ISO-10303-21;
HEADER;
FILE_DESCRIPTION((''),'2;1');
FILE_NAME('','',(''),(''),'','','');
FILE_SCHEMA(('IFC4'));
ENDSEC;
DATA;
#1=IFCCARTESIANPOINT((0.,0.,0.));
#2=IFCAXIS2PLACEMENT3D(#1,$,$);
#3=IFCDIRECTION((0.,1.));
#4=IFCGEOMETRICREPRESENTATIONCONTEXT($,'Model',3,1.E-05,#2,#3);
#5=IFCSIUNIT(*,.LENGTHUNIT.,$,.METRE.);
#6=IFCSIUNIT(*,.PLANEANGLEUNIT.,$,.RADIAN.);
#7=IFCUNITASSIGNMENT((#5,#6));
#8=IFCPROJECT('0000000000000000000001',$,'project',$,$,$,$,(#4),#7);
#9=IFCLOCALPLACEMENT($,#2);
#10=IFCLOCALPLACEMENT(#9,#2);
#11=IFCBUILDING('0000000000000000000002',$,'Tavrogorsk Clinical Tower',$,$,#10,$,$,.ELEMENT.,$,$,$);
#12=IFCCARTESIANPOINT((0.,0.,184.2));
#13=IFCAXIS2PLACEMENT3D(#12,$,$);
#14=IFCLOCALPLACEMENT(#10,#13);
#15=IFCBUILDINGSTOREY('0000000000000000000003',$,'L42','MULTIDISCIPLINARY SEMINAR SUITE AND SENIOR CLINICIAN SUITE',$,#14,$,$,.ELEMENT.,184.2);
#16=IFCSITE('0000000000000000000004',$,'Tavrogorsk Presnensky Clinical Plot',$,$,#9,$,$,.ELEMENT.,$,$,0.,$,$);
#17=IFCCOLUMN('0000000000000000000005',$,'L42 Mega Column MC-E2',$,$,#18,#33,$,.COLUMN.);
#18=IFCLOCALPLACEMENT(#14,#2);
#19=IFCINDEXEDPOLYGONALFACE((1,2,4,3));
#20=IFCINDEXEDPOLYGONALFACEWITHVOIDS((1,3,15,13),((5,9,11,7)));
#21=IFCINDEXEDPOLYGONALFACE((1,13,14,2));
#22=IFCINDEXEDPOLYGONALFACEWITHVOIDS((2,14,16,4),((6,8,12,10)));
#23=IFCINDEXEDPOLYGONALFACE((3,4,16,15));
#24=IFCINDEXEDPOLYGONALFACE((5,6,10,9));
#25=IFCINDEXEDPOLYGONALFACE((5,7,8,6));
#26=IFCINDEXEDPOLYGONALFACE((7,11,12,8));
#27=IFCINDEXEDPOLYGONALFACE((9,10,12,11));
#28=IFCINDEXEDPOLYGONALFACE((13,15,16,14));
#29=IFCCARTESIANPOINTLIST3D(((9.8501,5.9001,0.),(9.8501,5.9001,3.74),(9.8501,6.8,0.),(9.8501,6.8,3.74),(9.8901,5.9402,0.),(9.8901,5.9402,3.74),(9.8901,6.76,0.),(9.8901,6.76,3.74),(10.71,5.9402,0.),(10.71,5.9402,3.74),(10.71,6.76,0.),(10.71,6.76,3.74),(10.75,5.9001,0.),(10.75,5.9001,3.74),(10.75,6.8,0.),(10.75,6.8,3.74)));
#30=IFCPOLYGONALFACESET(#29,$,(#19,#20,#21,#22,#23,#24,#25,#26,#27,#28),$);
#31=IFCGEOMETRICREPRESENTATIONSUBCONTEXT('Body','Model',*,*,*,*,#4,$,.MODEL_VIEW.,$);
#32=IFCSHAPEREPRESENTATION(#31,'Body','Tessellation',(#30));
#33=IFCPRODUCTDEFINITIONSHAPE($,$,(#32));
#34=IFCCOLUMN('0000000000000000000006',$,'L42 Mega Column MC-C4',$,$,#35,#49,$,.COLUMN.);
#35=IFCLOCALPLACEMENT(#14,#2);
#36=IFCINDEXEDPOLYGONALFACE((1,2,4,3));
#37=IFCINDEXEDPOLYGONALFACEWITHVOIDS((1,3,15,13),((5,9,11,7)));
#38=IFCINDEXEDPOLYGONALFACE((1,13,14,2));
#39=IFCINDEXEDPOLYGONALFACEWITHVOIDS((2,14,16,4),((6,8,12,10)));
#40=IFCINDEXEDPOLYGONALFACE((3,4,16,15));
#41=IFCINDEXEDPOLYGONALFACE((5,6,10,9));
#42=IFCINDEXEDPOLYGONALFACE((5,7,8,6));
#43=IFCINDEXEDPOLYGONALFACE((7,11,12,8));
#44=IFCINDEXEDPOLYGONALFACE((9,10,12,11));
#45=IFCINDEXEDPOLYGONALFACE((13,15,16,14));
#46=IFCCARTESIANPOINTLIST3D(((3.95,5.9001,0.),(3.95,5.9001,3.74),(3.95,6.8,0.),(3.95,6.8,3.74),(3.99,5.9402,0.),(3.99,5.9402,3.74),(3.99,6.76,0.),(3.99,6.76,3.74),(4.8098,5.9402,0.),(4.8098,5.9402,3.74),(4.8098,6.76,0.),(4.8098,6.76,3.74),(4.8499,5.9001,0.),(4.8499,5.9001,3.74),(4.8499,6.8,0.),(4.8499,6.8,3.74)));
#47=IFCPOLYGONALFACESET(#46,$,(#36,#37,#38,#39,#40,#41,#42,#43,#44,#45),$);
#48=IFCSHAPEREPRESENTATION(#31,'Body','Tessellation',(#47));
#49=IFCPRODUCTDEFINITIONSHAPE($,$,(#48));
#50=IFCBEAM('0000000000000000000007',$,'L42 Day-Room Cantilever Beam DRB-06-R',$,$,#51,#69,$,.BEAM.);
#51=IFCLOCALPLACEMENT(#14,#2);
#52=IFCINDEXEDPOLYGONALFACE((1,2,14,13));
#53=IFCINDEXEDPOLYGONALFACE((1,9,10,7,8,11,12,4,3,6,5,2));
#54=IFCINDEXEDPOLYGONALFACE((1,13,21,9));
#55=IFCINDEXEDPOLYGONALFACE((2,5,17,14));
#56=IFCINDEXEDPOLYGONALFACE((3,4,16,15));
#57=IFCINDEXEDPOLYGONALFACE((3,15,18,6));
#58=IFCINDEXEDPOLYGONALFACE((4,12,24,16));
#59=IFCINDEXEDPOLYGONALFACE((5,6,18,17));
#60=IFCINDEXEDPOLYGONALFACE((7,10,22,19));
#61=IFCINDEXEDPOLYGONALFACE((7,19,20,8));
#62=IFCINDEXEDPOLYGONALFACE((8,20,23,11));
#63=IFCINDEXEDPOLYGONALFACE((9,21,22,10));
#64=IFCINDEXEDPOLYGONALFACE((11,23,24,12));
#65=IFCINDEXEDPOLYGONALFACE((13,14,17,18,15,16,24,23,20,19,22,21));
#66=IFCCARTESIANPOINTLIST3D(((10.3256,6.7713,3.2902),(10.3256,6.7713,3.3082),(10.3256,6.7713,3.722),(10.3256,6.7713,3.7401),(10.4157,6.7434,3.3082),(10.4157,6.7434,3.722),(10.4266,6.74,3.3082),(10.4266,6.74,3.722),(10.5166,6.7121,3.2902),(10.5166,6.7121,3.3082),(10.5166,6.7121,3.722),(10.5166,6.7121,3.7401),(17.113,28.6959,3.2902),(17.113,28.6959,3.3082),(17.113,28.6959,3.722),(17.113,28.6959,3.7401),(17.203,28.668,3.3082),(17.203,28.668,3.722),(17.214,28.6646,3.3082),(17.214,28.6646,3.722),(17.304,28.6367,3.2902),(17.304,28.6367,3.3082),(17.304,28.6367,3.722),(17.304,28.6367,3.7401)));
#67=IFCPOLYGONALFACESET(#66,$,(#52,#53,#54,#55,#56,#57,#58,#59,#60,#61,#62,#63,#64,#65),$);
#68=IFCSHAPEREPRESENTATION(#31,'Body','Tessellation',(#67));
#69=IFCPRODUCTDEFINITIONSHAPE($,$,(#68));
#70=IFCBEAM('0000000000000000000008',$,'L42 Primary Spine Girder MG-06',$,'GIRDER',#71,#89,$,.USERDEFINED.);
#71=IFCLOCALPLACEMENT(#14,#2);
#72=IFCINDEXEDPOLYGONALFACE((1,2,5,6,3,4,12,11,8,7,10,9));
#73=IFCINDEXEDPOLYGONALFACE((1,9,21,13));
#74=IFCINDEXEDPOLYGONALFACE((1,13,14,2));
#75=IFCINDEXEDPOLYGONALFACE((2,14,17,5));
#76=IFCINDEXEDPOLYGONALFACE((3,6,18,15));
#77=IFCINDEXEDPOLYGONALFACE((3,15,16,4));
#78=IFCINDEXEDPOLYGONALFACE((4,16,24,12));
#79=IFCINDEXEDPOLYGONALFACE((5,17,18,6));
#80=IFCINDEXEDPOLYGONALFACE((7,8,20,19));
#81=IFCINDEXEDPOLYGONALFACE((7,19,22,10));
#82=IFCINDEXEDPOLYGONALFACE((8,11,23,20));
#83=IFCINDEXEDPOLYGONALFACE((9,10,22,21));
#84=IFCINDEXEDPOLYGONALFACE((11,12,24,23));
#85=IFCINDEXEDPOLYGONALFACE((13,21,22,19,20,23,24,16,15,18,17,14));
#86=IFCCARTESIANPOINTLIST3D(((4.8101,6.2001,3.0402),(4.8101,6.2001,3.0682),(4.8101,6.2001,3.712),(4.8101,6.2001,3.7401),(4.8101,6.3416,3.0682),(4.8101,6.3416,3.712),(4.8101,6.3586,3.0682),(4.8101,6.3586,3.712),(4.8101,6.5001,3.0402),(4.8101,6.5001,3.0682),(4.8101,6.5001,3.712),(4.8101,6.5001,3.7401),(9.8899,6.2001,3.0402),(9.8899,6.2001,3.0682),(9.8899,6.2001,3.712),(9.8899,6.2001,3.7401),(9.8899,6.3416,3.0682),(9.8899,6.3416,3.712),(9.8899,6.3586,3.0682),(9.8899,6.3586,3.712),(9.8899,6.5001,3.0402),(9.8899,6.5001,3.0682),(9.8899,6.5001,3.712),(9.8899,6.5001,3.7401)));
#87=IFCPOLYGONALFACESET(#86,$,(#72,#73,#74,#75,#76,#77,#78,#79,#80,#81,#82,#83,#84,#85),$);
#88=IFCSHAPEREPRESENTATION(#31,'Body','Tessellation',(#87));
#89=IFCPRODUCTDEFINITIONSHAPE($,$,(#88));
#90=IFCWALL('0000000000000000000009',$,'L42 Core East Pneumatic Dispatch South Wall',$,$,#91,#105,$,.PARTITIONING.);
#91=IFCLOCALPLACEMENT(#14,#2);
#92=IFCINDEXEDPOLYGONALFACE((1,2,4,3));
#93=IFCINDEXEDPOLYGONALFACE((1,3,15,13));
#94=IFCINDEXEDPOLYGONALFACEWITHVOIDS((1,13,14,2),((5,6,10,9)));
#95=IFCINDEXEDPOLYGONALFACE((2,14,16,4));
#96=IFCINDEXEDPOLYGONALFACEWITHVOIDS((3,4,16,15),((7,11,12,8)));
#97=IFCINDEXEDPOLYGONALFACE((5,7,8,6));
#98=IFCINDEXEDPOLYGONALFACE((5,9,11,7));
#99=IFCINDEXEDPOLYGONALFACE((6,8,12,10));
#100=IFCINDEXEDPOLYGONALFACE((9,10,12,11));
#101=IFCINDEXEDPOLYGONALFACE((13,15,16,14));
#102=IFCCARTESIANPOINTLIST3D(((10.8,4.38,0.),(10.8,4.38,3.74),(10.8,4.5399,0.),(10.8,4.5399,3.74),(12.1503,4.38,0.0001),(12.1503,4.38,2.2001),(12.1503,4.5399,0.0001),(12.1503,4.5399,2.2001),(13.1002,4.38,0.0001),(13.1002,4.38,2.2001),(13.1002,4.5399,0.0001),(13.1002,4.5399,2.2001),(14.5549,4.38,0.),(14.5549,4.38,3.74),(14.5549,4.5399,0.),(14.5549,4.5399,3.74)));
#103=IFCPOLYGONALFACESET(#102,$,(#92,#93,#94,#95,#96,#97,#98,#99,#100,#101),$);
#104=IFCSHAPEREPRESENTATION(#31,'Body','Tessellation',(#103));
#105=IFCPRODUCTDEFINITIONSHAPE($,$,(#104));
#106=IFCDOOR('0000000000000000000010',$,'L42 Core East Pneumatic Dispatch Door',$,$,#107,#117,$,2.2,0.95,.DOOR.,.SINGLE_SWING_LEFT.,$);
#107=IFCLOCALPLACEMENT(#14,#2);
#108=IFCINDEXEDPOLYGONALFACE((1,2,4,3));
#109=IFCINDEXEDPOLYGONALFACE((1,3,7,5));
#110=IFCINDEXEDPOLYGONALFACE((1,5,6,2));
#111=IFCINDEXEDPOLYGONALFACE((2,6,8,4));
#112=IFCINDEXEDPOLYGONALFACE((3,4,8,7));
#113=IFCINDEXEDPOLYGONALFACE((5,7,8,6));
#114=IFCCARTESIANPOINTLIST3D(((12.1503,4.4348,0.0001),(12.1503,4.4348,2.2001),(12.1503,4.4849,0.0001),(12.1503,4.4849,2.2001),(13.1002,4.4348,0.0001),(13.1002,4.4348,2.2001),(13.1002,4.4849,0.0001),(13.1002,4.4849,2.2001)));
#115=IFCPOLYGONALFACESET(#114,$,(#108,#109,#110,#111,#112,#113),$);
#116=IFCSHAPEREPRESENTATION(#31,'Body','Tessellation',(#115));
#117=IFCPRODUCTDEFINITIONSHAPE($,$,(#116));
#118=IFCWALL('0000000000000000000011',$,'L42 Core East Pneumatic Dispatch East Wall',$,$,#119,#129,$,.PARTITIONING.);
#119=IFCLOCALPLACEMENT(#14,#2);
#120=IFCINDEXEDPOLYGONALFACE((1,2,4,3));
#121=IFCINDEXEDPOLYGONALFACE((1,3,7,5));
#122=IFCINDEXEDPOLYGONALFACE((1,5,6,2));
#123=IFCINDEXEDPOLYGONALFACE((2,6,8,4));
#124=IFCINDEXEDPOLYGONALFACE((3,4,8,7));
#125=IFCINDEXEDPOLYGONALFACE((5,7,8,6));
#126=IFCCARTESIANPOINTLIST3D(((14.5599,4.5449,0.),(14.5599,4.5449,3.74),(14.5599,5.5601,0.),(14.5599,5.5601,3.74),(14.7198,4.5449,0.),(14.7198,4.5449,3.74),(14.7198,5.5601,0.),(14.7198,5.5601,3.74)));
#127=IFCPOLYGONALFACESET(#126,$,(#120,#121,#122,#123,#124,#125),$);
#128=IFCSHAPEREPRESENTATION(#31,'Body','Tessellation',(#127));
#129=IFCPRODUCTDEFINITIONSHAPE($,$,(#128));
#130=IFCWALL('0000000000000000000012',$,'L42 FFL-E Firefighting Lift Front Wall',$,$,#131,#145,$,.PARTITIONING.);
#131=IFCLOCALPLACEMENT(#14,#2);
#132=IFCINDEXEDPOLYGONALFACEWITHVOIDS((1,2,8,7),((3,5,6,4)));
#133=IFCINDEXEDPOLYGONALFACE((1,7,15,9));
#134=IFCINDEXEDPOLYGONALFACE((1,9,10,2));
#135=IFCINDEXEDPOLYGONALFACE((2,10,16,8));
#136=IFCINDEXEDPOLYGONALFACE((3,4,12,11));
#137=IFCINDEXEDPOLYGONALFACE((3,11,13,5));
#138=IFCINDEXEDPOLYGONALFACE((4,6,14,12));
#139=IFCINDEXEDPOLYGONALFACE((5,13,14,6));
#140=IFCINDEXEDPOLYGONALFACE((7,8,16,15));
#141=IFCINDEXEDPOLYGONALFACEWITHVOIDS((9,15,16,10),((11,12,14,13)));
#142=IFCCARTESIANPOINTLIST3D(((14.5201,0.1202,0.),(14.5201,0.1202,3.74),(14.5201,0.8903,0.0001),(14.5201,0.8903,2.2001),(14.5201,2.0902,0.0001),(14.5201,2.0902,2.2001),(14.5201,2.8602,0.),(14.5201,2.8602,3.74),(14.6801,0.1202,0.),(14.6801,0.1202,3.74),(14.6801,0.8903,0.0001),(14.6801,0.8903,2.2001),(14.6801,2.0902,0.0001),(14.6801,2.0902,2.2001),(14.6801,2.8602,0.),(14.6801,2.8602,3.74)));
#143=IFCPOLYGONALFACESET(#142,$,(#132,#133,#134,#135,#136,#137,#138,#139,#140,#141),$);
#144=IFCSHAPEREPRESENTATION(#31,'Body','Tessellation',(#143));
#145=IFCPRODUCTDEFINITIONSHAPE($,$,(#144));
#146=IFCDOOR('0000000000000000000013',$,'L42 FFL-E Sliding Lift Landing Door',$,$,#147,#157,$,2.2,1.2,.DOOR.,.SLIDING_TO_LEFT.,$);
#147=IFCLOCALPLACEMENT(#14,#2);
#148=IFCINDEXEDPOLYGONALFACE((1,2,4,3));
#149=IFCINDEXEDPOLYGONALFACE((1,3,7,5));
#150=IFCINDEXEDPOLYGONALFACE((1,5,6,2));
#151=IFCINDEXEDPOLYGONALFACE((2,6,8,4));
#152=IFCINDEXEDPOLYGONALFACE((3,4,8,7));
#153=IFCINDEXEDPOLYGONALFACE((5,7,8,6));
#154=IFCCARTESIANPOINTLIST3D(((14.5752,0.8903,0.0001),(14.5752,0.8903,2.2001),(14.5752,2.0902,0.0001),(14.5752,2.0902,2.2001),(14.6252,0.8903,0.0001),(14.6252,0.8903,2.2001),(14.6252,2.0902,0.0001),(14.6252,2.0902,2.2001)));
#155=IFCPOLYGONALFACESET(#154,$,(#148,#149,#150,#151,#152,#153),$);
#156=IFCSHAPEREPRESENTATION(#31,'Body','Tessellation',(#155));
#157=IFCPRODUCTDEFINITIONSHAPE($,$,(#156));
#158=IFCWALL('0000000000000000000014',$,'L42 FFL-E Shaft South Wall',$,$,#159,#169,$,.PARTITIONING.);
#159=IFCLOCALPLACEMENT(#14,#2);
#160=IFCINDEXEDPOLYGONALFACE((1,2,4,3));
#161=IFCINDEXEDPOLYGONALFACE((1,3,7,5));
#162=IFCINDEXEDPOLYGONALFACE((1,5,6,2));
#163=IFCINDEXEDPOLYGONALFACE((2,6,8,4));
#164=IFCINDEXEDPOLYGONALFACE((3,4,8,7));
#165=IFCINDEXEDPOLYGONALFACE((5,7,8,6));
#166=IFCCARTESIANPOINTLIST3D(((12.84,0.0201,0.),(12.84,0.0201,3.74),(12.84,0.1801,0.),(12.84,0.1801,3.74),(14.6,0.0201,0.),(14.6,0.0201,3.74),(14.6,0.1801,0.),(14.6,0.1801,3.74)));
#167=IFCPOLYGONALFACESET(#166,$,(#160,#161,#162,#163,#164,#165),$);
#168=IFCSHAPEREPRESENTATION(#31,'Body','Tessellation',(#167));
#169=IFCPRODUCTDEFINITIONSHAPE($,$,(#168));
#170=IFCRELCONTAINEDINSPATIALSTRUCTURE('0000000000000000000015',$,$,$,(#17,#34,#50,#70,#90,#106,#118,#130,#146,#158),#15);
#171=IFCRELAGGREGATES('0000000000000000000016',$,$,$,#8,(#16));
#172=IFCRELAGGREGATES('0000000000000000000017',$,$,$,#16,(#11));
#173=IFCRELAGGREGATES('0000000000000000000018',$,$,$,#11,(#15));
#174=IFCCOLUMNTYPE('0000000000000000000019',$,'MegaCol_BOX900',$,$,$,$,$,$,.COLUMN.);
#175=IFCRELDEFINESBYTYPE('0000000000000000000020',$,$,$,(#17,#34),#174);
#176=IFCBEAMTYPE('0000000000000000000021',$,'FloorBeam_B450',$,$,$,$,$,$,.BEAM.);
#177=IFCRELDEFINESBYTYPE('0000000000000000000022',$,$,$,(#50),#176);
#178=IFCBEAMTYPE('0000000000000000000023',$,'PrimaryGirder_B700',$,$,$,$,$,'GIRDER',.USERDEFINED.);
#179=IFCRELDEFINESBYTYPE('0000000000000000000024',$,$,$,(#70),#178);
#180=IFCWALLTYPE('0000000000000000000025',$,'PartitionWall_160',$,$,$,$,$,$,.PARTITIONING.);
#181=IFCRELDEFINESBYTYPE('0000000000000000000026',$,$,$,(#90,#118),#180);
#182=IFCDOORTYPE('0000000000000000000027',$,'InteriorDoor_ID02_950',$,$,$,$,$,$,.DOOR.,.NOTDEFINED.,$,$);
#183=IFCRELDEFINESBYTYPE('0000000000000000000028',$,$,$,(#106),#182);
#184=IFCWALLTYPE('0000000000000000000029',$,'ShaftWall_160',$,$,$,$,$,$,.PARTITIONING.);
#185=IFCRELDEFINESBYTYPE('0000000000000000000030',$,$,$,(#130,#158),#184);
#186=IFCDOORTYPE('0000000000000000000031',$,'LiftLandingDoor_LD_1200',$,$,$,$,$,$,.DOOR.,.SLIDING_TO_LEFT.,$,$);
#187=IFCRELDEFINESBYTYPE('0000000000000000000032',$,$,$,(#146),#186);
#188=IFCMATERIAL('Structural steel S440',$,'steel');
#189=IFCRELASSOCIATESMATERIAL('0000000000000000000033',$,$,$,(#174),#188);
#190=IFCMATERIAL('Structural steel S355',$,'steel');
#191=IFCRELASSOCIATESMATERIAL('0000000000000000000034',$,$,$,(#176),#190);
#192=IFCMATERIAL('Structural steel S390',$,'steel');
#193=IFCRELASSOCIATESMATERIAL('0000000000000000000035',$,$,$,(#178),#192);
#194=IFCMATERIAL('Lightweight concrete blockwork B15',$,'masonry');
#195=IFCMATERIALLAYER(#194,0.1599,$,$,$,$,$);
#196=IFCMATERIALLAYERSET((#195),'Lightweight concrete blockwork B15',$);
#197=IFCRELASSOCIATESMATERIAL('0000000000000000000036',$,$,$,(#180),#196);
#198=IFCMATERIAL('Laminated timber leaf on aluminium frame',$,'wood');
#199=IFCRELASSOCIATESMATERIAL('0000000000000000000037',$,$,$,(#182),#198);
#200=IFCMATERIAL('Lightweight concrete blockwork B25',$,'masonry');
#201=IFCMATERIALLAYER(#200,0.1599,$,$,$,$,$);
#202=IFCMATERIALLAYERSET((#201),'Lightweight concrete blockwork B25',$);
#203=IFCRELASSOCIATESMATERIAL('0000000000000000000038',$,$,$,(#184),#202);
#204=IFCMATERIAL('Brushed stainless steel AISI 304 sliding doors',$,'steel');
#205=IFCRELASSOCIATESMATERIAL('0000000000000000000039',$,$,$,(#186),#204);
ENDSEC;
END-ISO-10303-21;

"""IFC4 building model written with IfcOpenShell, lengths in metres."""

from ifc_helpers import new_model, si_unit, direction, frame, frame_2d, origin, origin_2d, place, context, subcontext, project, spatial, rectangle, hollow_rectangle, i_section, extrude, material, layer, layer_set, material_profile, profile_set, type_object, element, fill, save


model = new_model("IFC4")

# Units and contexts
model_context = context("Model", 3, precision=1e-05, world=origin(), true_north=direction((0.0, 1.0)))
body_context = subcontext(model_context, "Body", "Model", "MODEL_VIEW")
ifc_project = project(units=[si_unit("LENGTHUNIT", "METRE"), si_unit("PLANEANGLEUNIT", "RADIAN")], contexts=[model_context])

# Site, building, storey
site_placement = place(None, origin())
site = spatial("IfcSite", under=ifc_project, at=site_placement, Name="Tavrogorsk Presnensky Clinical Plot", CompositionType="ELEMENT", RefElevation=0.0)
building_placement = place(site_placement, origin())
building = spatial("IfcBuilding", under=site, at=building_placement, Name="Tavrogorsk Clinical Tower", CompositionType="ELEMENT")
storey_placement = place(building_placement, frame((0.0, 0.0, 184.2)))
storey = spatial("IfcBuildingStorey", under=building, at=storey_placement, Name="L42", Description="MULTIDISCIPLINARY SEMINAR SUITE AND SENIOR CLINICIAN SUITE", CompositionType="ELEMENT", Elevation=184.2)

# Columns
ifc_material_1 = material(Name="Structural steel S440", Category="steel")
ifc_material_profile_1 = material_profile(ifc_material_1, hollow_rectangle(XDim=0.8999, YDim=0.8999, WallThickness=0.04, at=origin_2d()), Name="BOX-900x900x40")
ifc_profile_set_1 = profile_set([ifc_material_profile_1], Name="Structural steel S440")
column_type = type_object("IfcColumnType", Name="MegaCol_BOX900", PredefinedType="COLUMN", material=ifc_profile_set_1)
for number, where, z_axis, x_axis, name in (
    (1, (10.3, 6.3501, 0.0), (0.0, 0.0, 1.0), (1.0, 0.0, 0.0), "L42 Mega Column MC-E2"),
    (2, (4.3999, 6.3501, 0.0), (0.0, 0.0, 1.0), (1.0, 0.0, 0.0), "L42 Mega Column MC-C4"),
):
    element("IfcColumn", number, at=place(storey_placement, frame(where, z_axis=z_axis, x_axis=x_axis)), inside=storey, type_object=column_type, Name=name, PredefinedType="COLUMN", context=body_context, shape_type="SweptSolid", body=[
        extrude(hollow_rectangle(XDim=0.8999, YDim=0.8999, WallThickness=0.04, at=origin_2d()), origin(), (0.0, 0.0, 1.0), 3.74),
    ])

# Beams
ifc_material_2 = material(Name="Structural steel S355", Category="steel")
ifc_material_profile_2 = material_profile(ifc_material_2, i_section(OverallWidth=0.2, OverallDepth=0.45, WebThickness=0.0115, FlangeThickness=0.0181, at=origin_2d()), Name="B-450x200x11.5x18")
ifc_profile_set_2 = profile_set([ifc_material_profile_2], Name="Structural steel S355")
beam_type_1 = type_object("IfcBeamType", Name="FloorBeam_B450", PredefinedType="BEAM", material=ifc_profile_set_2)
beam_1_placement = place(storey_placement, frame((10.4211, 6.7417, 3.5151), z_axis=(0.295731, 0.955271, 0.0), x_axis=(-0.955271, 0.295731, 0.0)))
element("IfcBeam", 3, at=beam_1_placement, inside=storey, type_object=beam_type_1, Name="L42 Day-Room Cantilever Beam DRB-06-R", PredefinedType="BEAM", context=body_context, shape_type="SweptSolid", body=[
    extrude(i_section(OverallWidth=0.2, OverallDepth=0.45, WebThickness=0.0115, FlangeThickness=0.0181, at=origin_2d()), origin(), (0.0, 0.0, 1.0), 22.9512),
])
ifc_material_3 = material(Name="Structural steel S390", Category="steel")
ifc_material_profile_3 = material_profile(ifc_material_3, i_section(OverallWidth=0.3, OverallDepth=0.7, WebThickness=0.0171, FlangeThickness=0.0281, at=origin_2d()), Name="B-700x300x17x28")
ifc_profile_set_3 = profile_set([ifc_material_profile_3], Name="Structural steel S390")
beam_type_2 = type_object("IfcBeamType", Name="PrimaryGirder_B700", ElementType="GIRDER", PredefinedType="USERDEFINED", material=ifc_profile_set_3)
beam_2_placement = place(storey_placement, frame((4.8101, 6.3501, 3.3901), z_axis=(1.0, 0.0, 0.0), x_axis=(0.0, 1.0, 0.0)))
element("IfcBeam", 4, at=beam_2_placement, inside=storey, type_object=beam_type_2, Name="L42 Primary Spine Girder MG-06", ObjectType="GIRDER", PredefinedType="USERDEFINED", context=body_context, shape_type="SweptSolid", body=[
    extrude(i_section(OverallWidth=0.3, OverallDepth=0.7, WebThickness=0.0171, FlangeThickness=0.0281, at=origin_2d()), origin(), (0.0, 0.0, 1.0), 5.0798),
])

# Wall, opening, door
ifc_material_4 = material(Name="Lightweight concrete blockwork B15", Category="masonry")
ifc_layer_1 = layer(ifc_material_4, 0.1599)
ifc_layer_set_1 = layer_set([ifc_layer_1], Name="Lightweight concrete blockwork B15")
wall_type_1 = type_object("IfcWallType", Name="PartitionWall_160", PredefinedType="PARTITIONING", material=ifc_layer_set_1)
wall_1_placement = place(storey_placement, frame((10.8, 4.46, 0.0), z_axis=(0.0, 0.0, 1.0), x_axis=(1.0, 0.0, 0.0)))
wall_1 = element("IfcWall", 5, at=wall_1_placement, inside=storey, type_object=wall_type_1, Name="L42 Core East Pneumatic Dispatch South Wall", PredefinedType="PARTITIONING", context=body_context, shape_type="SweptSolid", body=[
    extrude(rectangle(XDim=3.7549, YDim=0.1599, at=frame_2d((1.8774, 0.0))), origin(), (0.0, 0.0, 1.0), 3.74),
])
opening_1_placement = place(wall_1_placement, frame((1.3501, 0.0, 0.0)))
opening_1 = element("IfcOpeningElement", 6, at=opening_1_placement, cuts=wall_1, PredefinedType="OPENING", context=body_context, shape_type="SweptSolid", body=[
    extrude(rectangle(XDim=0.95, YDim=2.2, at=frame_2d((0.4751, 1.1001))), frame((0.0, 0.0898, 0.0), z_axis=(0.0, -1.0, 0.0), x_axis=(1.0, 0.0, 0.0)), (0.0, 0.0, 1.0), 0.1799),
])
ifc_material_5 = material(Name="Laminated timber leaf on aluminium frame", Category="wood")
door_type_1 = type_object("IfcDoorType", Name="InteriorDoor_ID02_950", OperationType="NOTDEFINED", PredefinedType="DOOR", material=ifc_material_5)
door_1_placement = place(opening_1_placement, origin())
door_1 = element("IfcDoor", 7, at=door_1_placement, inside=storey, type_object=door_type_1, Name="L42 Core East Pneumatic Dispatch Door", OperationType="SINGLE_SWING_LEFT", OverallHeight=2.2, OverallWidth=0.95, PredefinedType="DOOR", context=body_context, shape_type="SweptSolid", body=[
    extrude(rectangle(XDim=0.95, YDim=2.2, at=frame_2d((0.4751, 1.1001))), frame((0.0, 0.0249, 0.0), z_axis=(0.0, -1.0, 0.0), x_axis=(1.0, 0.0, 0.0)), (0.0, 0.0, 1.0), 0.05),
])
fill(opening_1, door_1)

# Wall
wall_2_placement = place(storey_placement, frame((14.6399, 4.5449, 0.0), z_axis=(0.0, 0.0, 1.0), x_axis=(0.0, 1.0, 0.0)))
element("IfcWall", 8, at=wall_2_placement, inside=storey, type_object=wall_type_1, Name="L42 Core East Pneumatic Dispatch East Wall", PredefinedType="PARTITIONING", context=body_context, shape_type="SweptSolid", body=[
    extrude(rectangle(XDim=1.0151, YDim=0.1599, at=frame_2d((0.5076, 0.0))), origin(), (0.0, 0.0, 1.0), 3.74),
])

# Wall, opening, door
ifc_material_6 = material(Name="Lightweight concrete blockwork B25", Category="masonry")
ifc_layer_2 = layer(ifc_material_6, 0.1599)
ifc_layer_set_2 = layer_set([ifc_layer_2], Name="Lightweight concrete blockwork B25")
wall_type_2 = type_object("IfcWallType", Name="ShaftWall_160", PredefinedType="PARTITIONING", material=ifc_layer_set_2)
wall_3_placement = place(storey_placement, frame((14.6001, 0.1201, 0.0), z_axis=(0.0, 0.0, 1.0), x_axis=(0.0, 1.0, 0.0)))
wall_3 = element("IfcWall", 9, at=wall_3_placement, inside=storey, type_object=wall_type_2, Name="L42 FFL-E Firefighting Lift Front Wall", PredefinedType="PARTITIONING", context=body_context, shape_type="SweptSolid", body=[
    extrude(rectangle(XDim=2.74, YDim=0.1599, at=frame_2d((1.3701, 0.0))), origin(), (0.0, 0.0, 1.0), 3.74),
])
opening_2_placement = place(wall_3_placement, frame((0.77, 0.0, 0.0)))
opening_2 = element("IfcOpeningElement", 10, at=opening_2_placement, cuts=wall_3, PredefinedType="OPENING", context=body_context, shape_type="SweptSolid", body=[
    extrude(rectangle(XDim=1.2, YDim=2.2, at=frame_2d((0.6001, 1.1001))), frame((0.0, 0.0898, 0.0), z_axis=(0.0, -1.0, 0.0), x_axis=(1.0, 0.0, 0.0)), (0.0, 0.0, 1.0), 0.1799),
])
ifc_material_7 = material(Name="Brushed stainless steel AISI 304 sliding doors", Category="steel")
door_type_2 = type_object("IfcDoorType", Name="LiftLandingDoor_LD_1200", OperationType="SLIDING_TO_LEFT", PredefinedType="DOOR", material=ifc_material_7)
door_2_placement = place(opening_2_placement, origin())
door_2 = element("IfcDoor", 11, at=door_2_placement, inside=storey, type_object=door_type_2, Name="L42 FFL-E Sliding Lift Landing Door", OperationType="SLIDING_TO_LEFT", OverallHeight=2.2, OverallWidth=1.2, PredefinedType="DOOR", context=body_context, shape_type="SweptSolid", body=[
    extrude(rectangle(XDim=1.2, YDim=2.2, at=frame_2d((0.6001, 1.1001))), frame((0.0, 0.0249, 0.0), z_axis=(0.0, -1.0, 0.0), x_axis=(1.0, 0.0, 0.0)), (0.0, 0.0, 1.0), 0.05),
])
fill(opening_2, door_2)

# Wall
for number, where, z_axis, x_axis, name in (
    (12, (12.8401, 0.1001, 0.0), (0.0, 0.0, 1.0), (1.0, 0.0, 0.0), "L42 FFL-E Shaft South Wall"),
):
    element("IfcWall", number, at=place(storey_placement, frame(where, z_axis=z_axis, x_axis=x_axis)), inside=storey, type_object=wall_type_2, Name=name, PredefinedType="PARTITIONING", context=body_context, shape_type="SweptSolid", body=[
        extrude(rectangle(XDim=1.76, YDim=0.1599, at=frame_2d((0.8799, 0.0))), origin(), (0.0, 0.0, 1.0), 3.74),
    ])

save(model, "model.ifc")
